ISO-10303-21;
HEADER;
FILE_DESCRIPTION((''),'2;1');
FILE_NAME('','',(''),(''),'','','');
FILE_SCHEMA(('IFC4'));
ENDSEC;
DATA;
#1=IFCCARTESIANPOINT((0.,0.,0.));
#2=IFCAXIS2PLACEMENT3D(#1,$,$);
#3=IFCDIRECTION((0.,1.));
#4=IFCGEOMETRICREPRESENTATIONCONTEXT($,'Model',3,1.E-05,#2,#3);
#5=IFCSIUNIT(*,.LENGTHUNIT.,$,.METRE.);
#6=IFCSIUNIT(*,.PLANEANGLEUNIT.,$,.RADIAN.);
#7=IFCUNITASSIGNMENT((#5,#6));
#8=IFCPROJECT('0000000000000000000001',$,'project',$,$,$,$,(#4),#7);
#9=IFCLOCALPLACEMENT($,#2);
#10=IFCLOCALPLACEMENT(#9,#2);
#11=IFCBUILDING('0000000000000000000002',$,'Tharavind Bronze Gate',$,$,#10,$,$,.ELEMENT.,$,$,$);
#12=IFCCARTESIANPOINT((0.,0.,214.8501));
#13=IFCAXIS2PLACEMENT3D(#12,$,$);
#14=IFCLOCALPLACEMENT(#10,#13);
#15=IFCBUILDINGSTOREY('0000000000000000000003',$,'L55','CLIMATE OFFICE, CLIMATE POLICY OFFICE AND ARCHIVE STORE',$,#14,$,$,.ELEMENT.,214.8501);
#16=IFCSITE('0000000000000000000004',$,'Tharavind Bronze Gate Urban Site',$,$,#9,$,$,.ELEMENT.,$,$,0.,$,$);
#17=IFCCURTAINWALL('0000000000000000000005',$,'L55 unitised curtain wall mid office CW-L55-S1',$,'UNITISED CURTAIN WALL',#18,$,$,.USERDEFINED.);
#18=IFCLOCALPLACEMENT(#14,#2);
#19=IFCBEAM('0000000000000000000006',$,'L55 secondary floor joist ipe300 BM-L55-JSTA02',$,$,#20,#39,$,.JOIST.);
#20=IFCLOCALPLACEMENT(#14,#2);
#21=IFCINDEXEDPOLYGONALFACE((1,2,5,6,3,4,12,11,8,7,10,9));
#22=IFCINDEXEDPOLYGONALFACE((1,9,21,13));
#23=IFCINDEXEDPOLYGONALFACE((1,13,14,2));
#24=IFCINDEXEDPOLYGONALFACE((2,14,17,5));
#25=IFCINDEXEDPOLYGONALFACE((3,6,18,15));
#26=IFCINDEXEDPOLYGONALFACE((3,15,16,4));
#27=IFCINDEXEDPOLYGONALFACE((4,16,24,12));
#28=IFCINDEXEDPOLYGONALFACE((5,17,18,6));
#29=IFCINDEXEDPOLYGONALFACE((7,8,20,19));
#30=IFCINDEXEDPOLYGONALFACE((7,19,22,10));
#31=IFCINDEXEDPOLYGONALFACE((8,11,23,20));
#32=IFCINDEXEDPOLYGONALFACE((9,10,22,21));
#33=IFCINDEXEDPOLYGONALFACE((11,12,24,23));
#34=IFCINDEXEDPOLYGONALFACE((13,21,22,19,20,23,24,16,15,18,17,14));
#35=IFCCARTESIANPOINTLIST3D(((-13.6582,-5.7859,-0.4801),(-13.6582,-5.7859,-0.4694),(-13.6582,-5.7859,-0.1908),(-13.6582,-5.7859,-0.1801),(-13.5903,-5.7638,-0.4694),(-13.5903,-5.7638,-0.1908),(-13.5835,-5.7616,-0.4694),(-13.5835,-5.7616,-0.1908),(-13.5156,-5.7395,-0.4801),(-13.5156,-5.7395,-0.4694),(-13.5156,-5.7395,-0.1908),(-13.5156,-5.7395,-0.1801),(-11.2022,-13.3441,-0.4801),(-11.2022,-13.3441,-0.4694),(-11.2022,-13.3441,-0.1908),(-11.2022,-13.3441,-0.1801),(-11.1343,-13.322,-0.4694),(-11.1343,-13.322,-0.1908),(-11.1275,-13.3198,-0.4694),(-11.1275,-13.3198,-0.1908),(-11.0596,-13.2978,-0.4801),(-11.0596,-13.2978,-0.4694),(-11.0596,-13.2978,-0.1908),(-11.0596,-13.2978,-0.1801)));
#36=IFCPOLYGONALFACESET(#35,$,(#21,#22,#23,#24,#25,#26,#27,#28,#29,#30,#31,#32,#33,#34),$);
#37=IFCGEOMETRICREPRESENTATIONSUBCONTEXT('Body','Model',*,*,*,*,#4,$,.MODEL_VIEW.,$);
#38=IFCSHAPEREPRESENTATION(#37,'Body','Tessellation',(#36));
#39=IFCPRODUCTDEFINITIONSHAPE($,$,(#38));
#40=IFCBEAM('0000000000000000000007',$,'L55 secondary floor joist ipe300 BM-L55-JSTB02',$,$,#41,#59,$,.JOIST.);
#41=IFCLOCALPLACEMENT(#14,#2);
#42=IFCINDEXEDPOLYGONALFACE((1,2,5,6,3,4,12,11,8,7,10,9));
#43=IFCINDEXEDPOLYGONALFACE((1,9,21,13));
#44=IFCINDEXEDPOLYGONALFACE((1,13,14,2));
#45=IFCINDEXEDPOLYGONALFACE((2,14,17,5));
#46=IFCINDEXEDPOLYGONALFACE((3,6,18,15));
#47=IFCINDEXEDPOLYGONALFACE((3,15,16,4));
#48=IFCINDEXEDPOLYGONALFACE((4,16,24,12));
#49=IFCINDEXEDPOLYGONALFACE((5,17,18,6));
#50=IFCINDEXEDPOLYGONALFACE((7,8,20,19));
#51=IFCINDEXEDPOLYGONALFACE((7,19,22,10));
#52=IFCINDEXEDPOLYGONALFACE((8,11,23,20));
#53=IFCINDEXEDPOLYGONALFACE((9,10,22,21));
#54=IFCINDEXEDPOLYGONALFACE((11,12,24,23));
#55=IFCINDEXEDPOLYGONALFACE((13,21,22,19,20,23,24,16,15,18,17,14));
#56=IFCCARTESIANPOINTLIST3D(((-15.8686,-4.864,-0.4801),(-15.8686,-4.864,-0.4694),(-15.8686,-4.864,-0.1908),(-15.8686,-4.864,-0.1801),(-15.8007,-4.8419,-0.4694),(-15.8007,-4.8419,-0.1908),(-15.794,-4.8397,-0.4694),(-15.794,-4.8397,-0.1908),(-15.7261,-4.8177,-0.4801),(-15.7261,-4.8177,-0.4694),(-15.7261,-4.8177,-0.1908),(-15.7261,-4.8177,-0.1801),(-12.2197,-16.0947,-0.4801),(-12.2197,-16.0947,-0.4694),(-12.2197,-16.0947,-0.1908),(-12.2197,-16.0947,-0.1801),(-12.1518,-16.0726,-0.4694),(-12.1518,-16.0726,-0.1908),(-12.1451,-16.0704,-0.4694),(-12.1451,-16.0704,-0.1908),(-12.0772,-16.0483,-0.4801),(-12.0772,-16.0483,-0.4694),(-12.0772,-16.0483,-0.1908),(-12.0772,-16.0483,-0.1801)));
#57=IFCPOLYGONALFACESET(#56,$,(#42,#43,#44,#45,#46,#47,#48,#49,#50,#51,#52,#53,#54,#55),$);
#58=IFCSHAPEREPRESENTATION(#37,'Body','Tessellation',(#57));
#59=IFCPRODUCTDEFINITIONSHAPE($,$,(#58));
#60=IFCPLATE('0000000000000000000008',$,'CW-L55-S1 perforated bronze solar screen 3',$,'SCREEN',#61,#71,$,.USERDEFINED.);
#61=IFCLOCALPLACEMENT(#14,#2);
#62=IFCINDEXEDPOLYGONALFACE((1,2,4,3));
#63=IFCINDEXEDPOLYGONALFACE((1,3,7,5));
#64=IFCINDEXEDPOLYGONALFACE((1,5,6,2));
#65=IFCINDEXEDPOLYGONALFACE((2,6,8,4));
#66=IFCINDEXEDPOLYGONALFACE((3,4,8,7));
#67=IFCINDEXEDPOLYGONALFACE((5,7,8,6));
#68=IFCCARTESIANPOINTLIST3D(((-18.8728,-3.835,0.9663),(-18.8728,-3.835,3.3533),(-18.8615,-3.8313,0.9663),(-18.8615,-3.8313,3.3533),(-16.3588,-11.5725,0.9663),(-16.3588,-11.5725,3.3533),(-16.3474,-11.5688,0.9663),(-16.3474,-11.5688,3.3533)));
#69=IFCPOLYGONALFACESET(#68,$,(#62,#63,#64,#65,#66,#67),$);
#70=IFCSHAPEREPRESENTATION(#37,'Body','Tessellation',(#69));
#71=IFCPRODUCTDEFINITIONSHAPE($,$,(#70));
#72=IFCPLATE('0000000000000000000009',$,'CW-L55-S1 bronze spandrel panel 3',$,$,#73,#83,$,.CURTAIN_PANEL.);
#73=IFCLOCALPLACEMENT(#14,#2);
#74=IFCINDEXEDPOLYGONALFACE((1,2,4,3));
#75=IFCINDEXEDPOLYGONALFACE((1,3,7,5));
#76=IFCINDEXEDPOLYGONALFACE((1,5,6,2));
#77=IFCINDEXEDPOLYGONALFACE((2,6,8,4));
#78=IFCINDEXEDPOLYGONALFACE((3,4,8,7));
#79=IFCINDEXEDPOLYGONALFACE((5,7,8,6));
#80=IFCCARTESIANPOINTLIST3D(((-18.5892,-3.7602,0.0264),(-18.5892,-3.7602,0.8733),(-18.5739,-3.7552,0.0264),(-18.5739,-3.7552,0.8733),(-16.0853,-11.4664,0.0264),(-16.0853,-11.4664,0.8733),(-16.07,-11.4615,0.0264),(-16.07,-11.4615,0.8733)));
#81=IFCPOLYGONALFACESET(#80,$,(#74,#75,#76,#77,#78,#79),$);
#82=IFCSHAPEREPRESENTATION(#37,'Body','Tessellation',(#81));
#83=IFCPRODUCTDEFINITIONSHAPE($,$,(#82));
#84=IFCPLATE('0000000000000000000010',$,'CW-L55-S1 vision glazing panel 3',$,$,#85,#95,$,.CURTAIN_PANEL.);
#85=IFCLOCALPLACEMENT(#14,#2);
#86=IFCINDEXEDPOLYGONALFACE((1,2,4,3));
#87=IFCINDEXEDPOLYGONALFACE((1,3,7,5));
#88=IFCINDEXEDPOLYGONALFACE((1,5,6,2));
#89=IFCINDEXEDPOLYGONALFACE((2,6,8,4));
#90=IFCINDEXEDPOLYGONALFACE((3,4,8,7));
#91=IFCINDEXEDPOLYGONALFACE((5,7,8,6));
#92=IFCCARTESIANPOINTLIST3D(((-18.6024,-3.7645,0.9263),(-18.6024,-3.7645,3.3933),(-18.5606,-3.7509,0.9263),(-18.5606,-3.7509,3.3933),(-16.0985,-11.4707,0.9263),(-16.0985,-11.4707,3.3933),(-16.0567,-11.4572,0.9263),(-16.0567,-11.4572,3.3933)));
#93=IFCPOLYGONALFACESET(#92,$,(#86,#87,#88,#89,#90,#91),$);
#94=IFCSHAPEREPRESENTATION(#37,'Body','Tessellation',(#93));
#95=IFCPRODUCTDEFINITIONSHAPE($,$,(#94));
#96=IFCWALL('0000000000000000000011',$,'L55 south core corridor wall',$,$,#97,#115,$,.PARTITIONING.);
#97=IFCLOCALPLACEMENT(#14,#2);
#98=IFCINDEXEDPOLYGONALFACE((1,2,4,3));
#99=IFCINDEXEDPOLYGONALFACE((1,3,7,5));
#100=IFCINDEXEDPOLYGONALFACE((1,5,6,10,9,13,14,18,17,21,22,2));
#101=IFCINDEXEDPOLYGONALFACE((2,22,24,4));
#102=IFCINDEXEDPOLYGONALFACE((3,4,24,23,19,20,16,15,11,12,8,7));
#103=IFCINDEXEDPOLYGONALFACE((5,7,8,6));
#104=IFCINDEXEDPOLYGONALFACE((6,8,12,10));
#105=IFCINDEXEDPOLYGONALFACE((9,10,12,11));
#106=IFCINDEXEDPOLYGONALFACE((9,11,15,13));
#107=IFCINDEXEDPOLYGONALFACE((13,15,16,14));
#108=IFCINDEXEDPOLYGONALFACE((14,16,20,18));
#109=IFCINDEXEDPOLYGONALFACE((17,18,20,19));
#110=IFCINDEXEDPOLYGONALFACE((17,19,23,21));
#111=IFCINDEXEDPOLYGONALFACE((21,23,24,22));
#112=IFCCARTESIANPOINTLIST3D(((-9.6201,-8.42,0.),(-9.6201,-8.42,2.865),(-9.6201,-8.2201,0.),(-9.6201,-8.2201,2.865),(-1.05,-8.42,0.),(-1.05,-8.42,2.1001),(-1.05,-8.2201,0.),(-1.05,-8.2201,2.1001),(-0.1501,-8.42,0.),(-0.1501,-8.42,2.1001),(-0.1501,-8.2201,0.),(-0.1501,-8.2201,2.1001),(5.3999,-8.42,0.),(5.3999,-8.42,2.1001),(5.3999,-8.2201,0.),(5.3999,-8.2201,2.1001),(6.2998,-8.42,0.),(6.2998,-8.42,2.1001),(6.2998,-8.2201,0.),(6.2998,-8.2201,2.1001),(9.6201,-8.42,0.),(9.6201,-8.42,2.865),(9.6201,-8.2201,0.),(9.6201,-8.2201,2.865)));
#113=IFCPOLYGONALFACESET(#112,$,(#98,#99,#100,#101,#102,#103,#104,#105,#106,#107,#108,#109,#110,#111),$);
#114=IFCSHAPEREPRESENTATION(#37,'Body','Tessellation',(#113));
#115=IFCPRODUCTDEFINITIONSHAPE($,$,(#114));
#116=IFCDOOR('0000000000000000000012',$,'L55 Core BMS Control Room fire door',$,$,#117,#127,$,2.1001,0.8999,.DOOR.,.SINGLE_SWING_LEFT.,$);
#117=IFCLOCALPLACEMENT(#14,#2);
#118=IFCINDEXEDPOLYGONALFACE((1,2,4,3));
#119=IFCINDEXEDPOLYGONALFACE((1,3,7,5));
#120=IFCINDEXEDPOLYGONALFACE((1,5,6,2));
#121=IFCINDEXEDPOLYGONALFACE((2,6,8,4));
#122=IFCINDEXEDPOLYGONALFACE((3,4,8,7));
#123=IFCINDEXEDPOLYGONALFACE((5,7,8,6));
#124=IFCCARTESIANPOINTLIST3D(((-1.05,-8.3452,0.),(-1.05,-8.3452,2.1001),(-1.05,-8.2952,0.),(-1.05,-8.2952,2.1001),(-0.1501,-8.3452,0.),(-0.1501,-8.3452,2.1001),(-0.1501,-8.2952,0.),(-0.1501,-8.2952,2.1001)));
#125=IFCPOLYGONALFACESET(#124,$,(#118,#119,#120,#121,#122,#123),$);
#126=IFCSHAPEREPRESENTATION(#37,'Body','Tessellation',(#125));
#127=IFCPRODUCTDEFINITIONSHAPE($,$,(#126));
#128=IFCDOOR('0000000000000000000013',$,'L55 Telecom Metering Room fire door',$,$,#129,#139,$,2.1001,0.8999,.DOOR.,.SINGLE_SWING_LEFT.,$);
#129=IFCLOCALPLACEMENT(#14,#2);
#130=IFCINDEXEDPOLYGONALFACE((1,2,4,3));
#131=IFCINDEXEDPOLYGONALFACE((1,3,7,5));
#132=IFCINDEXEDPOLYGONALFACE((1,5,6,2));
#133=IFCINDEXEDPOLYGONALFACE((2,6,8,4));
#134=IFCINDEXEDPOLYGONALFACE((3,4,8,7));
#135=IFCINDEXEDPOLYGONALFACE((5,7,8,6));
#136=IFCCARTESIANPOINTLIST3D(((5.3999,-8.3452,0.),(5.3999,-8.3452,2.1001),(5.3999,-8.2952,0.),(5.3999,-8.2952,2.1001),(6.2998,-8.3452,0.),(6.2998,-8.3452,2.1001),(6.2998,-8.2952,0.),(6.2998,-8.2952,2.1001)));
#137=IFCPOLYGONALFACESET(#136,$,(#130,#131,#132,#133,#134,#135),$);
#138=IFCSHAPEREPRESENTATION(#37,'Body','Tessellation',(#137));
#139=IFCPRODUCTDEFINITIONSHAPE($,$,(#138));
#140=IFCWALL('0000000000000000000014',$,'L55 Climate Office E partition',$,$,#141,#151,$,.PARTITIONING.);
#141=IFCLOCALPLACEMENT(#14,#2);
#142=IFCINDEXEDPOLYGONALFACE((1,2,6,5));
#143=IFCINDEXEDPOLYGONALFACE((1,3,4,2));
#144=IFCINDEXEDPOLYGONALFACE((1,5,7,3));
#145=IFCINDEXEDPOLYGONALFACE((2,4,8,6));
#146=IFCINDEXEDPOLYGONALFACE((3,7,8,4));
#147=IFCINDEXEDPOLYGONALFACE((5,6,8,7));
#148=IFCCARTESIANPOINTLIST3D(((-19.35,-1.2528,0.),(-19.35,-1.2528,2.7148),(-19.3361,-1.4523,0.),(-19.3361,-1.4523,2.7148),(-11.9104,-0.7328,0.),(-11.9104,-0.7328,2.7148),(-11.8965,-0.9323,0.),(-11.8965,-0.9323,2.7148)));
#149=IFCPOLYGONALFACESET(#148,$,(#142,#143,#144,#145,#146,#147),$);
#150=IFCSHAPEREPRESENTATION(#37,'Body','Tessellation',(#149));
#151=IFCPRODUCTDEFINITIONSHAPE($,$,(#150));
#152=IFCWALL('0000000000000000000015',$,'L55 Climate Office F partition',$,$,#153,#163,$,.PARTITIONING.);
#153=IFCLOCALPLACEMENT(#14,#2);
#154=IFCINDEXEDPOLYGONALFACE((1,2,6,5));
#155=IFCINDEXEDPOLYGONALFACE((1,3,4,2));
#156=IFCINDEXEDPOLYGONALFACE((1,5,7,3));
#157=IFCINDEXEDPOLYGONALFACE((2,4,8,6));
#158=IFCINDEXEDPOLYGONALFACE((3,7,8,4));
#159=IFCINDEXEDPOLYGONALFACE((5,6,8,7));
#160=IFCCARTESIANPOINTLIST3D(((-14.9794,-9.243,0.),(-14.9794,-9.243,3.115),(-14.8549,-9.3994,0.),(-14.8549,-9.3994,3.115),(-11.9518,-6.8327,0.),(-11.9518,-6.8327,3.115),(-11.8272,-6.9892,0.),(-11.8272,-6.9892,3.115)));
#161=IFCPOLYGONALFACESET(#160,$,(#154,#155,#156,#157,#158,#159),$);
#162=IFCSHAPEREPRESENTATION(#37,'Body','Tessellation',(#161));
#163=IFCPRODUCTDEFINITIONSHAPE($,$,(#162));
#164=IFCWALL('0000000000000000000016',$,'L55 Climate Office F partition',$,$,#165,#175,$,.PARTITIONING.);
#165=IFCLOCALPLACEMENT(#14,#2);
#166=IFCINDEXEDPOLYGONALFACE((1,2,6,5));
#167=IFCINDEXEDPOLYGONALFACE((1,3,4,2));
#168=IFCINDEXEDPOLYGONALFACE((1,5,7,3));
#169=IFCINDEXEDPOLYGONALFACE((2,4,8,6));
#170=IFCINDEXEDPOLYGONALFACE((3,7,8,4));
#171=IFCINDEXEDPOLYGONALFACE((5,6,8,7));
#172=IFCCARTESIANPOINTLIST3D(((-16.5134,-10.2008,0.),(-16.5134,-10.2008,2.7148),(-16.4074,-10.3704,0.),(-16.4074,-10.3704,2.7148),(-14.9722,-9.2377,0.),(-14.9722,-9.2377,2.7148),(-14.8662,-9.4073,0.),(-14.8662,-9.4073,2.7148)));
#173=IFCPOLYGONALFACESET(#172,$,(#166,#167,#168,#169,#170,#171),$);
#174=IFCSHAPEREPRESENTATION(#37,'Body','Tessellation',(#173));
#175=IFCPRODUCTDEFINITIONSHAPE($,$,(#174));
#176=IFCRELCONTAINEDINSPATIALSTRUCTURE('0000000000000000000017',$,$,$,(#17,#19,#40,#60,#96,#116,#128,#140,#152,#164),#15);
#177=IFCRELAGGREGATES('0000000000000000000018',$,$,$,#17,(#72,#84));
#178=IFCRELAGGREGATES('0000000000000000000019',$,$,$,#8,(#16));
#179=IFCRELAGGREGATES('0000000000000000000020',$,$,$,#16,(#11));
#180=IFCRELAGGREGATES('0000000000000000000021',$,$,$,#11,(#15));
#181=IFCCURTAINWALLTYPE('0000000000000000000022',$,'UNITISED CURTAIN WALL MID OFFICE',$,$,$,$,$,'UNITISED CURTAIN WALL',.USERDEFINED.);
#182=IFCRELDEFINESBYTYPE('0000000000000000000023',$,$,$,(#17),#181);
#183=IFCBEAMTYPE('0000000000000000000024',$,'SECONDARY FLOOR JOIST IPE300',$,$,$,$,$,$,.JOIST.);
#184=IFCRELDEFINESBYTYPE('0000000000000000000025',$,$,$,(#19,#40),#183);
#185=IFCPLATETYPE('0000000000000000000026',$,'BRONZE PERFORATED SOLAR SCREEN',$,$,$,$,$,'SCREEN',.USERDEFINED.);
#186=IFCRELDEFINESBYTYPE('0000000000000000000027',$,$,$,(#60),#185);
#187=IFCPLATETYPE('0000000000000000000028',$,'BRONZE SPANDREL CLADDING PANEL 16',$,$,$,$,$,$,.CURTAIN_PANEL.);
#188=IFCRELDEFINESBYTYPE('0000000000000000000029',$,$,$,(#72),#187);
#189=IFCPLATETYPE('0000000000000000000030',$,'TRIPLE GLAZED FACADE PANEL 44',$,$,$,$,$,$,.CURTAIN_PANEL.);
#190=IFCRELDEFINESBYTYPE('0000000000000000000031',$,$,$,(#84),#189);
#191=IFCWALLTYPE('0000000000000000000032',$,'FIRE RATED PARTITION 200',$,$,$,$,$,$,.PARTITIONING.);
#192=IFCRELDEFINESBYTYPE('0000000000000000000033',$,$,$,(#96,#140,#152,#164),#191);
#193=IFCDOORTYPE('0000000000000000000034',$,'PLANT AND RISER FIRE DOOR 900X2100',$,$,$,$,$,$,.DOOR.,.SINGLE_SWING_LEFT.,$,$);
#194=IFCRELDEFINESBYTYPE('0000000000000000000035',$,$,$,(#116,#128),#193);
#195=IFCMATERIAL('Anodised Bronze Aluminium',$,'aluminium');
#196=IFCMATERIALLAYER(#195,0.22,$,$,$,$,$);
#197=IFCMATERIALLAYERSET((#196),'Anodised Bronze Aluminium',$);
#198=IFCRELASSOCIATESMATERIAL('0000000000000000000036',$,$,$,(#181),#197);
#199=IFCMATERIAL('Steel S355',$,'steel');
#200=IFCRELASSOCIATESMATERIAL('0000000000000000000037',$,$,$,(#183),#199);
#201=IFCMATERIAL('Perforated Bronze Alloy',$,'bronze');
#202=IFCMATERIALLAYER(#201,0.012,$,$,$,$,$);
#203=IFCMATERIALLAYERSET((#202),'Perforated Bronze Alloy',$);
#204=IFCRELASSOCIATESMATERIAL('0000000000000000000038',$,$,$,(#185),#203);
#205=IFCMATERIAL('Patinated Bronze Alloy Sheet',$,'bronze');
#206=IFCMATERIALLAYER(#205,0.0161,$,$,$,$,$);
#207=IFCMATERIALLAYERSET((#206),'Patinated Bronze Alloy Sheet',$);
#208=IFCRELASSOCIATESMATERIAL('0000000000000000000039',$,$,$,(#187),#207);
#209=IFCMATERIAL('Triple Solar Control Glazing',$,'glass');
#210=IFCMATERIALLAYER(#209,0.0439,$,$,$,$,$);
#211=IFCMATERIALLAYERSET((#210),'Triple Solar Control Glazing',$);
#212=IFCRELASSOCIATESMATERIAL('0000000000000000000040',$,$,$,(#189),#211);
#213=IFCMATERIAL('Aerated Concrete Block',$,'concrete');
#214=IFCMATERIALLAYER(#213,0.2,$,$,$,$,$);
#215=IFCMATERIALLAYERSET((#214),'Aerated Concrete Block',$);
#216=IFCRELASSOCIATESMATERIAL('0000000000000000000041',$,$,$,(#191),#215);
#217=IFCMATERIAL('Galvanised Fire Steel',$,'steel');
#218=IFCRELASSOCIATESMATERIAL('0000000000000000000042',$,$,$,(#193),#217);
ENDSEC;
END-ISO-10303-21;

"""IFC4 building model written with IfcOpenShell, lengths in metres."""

from ifc_helpers import new_model, si_unit, direction, frame, frame_2d, origin, origin_2d, place, context, subcontext, project, spatial, rectangle, i_section, extrude, material, layer, layer_set, material_profile, profile_set, type_object, element, fill, aggregate, save


model = new_model("IFC4")

# Units and contexts
model_context = context("Model", 3, precision=1e-05, world=origin(), true_north=direction((0.0, 1.0)))
body_context = subcontext(model_context, "Body", "Model", "MODEL_VIEW")
ifc_project = project(units=[si_unit("LENGTHUNIT", "METRE"), si_unit("PLANEANGLEUNIT", "RADIAN")], contexts=[model_context])

# Site, building, storey
site_placement = place(None, origin())
site = spatial("IfcSite", under=ifc_project, at=site_placement, Name="Tharavind Bronze Gate Urban Site", CompositionType="ELEMENT", RefElevation=0.0)
building_placement = place(site_placement, origin())
building = spatial("IfcBuilding", under=site, at=building_placement, Name="Tharavind Bronze Gate", CompositionType="ELEMENT")
storey_placement = place(building_placement, frame((0.0, 0.0, 214.8501)))
storey = spatial("IfcBuildingStorey", under=building, at=storey_placement, Name="L55", Description="CLIMATE OFFICE, CLIMATE POLICY OFFICE AND ARCHIVE STORE", CompositionType="ELEMENT", Elevation=214.8501)

# Curtain wall
ifc_material_1 = material(Name="Anodised Bronze Aluminium", Category="aluminium")
ifc_layer_1 = layer(ifc_material_1, 0.22)
ifc_layer_set_1 = layer_set([ifc_layer_1], Name="Anodised Bronze Aluminium")
curtain_wall_type = type_object("IfcCurtainWallType", Name="UNITISED CURTAIN WALL MID OFFICE", ElementType="UNITISED CURTAIN WALL", PredefinedType="USERDEFINED", material=ifc_layer_set_1)
curtain_wall_placement = place(storey_placement, origin())
curtain_wall = element("IfcCurtainWall", 1, at=curtain_wall_placement, inside=storey, type_object=curtain_wall_type, Name="L55 unitised curtain wall mid office CW-L55-S1", ObjectType="UNITISED CURTAIN WALL", PredefinedType="USERDEFINED")

# Beams
ifc_material_2 = material(Name="Steel S355", Category="steel")
ifc_material_profile_1 = material_profile(ifc_material_2, i_section(OverallWidth=0.1499, OverallDepth=0.3, WebThickness=0.0071, FlangeThickness=0.0107, at=origin_2d()), Name="IPE300")
ifc_profile_set_1 = profile_set([ifc_material_profile_1], Name="Steel S355")
beam_type_1 = type_object("IfcBeamType", Name="SECONDARY FLOOR JOIST IPE300", PredefinedType="JOIST", material=ifc_profile_set_1)
beam_1_placement = place(storey_placement, frame((-13.5869, -5.7627, -0.3301), z_axis=(0.30904, -0.951049, 0.0), x_axis=(0.951049, 0.30904, 0.0)))
element("IfcBeam", 2, at=beam_1_placement, inside=storey, type_object=beam_type_1, Name="L55 secondary floor joist ipe300 BM-L55-JSTA02", PredefinedType="JOIST", context=body_context, shape_type="SweptSolid", body=[
    extrude(i_section(OverallWidth=0.1499, OverallDepth=0.3, WebThickness=0.0071, FlangeThickness=0.0107, at=origin_2d()), origin(), (0.0, 0.0, 1.0), 7.9473),
])
beam_2_placement = place(storey_placement, frame((-15.7974, -4.8408, -0.3301), z_axis=(0.309005, -0.95106, 0.0), x_axis=(0.95106, 0.309005, 0.0)))
element("IfcBeam", 3, at=beam_2_placement, inside=storey, type_object=beam_type_1, Name="L55 secondary floor joist ipe300 BM-L55-JSTB02", PredefinedType="JOIST", context=body_context, shape_type="SweptSolid", body=[
    extrude(i_section(OverallWidth=0.1499, OverallDepth=0.3, WebThickness=0.0071, FlangeThickness=0.0107, at=origin_2d()), origin(), (0.0, 0.0, 1.0), 11.8086),
])

# Plates
ifc_material_3 = material(Name="Perforated Bronze Alloy", Category="bronze")
ifc_layer_2 = layer(ifc_material_3, 0.012)
ifc_layer_set_2 = layer_set([ifc_layer_2], Name="Perforated Bronze Alloy")
plate_type_1 = type_object("IfcPlateType", Name="BRONZE PERFORATED SOLAR SCREEN", ElementType="SCREEN", PredefinedType="USERDEFINED", material=ifc_layer_set_2)
plate_1_placement = place(storey_placement, frame((-17.6101, -7.7019, 0.9663), z_axis=(0.0, 0.0, 1.0), x_axis=(0.309017, -0.951057, 0.0)))
element("IfcPlate", 4, at=plate_1_placement, inside=storey, type_object=plate_type_1, Name="CW-L55-S1 perforated bronze solar screen 3", ObjectType="SCREEN", PredefinedType="USERDEFINED", context=body_context, shape_type="SweptSolid", body=[
    extrude(rectangle(XDim=8.1357, YDim=0.012, at=origin_2d()), origin(), (0.0, 0.0, 1.0), 2.387),
])
ifc_material_4 = material(Name="Patinated Bronze Alloy Sheet", Category="bronze")
ifc_layer_3 = layer(ifc_material_4, 0.0161)
ifc_layer_set_3 = layer_set([ifc_layer_3], Name="Patinated Bronze Alloy Sheet")
plate_type_2 = type_object("IfcPlateType", Name="BRONZE SPANDREL CLADDING PANEL 16", PredefinedType="CURTAIN_PANEL", material=ifc_layer_set_3)
plate_2_placement = place(storey_placement, frame((-17.3296, -7.6108, 0.0264), z_axis=(0.0, 0.0, 1.0), x_axis=(0.309017, -0.951057, 0.0)))
plate_2 = element("IfcPlate", 5, at=plate_2_placement, type_object=plate_type_2, Name="CW-L55-S1 bronze spandrel panel 3", PredefinedType="CURTAIN_PANEL", context=body_context, shape_type="SweptSolid", body=[
    extrude(rectangle(XDim=8.1028, YDim=0.0161, at=origin_2d()), origin(), (0.0, 0.0, 1.0), 0.8469),
])
ifc_material_5 = material(Name="Triple Solar Control Glazing", Category="glass")
ifc_layer_4 = layer(ifc_material_5, 0.0439)
ifc_layer_set_4 = layer_set([ifc_layer_4], Name="Triple Solar Control Glazing")
plate_type_3 = type_object("IfcPlateType", Name="TRIPLE GLAZED FACADE PANEL 44", PredefinedType="CURTAIN_PANEL", material=ifc_layer_set_4)
plate_3_placement = place(storey_placement, frame((-17.3296, -7.6108, 0.9263), z_axis=(0.0, 0.0, 1.0), x_axis=(0.309017, -0.951057, 0.0)))
plate_3 = element("IfcPlate", 6, at=plate_3_placement, type_object=plate_type_3, Name="CW-L55-S1 vision glazing panel 3", PredefinedType="CURTAIN_PANEL", context=body_context, shape_type="SweptSolid", body=[
    extrude(rectangle(XDim=8.1028, YDim=0.0439, at=origin_2d()), origin(), (0.0, 0.0, 1.0), 2.467),
])
aggregate(curtain_wall, [plate_2, plate_3])

# Wall, openings, doors
ifc_material_6 = material(Name="Aerated Concrete Block", Category="concrete")
ifc_layer_5 = layer(ifc_material_6, 0.2)
ifc_layer_set_5 = layer_set([ifc_layer_5], Name="Aerated Concrete Block")
wall_type = type_object("IfcWallType", Name="FIRE RATED PARTITION 200", PredefinedType="PARTITIONING", material=ifc_layer_set_5)
wall_1_placement = place(storey_placement, frame((-9.6201, -8.3201, 0.0), z_axis=(0.0, 0.0, 1.0), x_axis=(1.0, 0.0, 0.0)))
wall_1 = element("IfcWall", 7, at=wall_1_placement, inside=storey, type_object=wall_type, Name="L55 south core corridor wall", PredefinedType="PARTITIONING", context=body_context, shape_type="SweptSolid", body=[
    extrude(rectangle(XDim=19.2402, YDim=0.2, at=frame_2d((9.6201, 0.0))), origin(), (0.0, 0.0, 1.0), 2.865),
])
opening_1_placement = place(wall_1_placement, frame((8.5701, 0.0, 0.0)))
opening_1 = element("IfcOpeningElement", 8, at=opening_1_placement, cuts=wall_1, PredefinedType="OPENING", context=body_context, shape_type="SweptSolid", body=[
    extrude(rectangle(XDim=0.8999, YDim=2.1001, at=frame_2d((0.45, 1.05))), frame((0.0, 0.1101, 0.0), z_axis=(0.0, -1.0, 0.0), x_axis=(1.0, 0.0, 0.0)), (0.0, 0.0, 1.0), 0.22),
])
opening_2_placement = place(wall_1_placement, frame((15.02, 0.0, 0.0)))
opening_2 = element("IfcOpeningElement", 9, at=opening_2_placement, cuts=wall_1, PredefinedType="OPENING", context=body_context, shape_type="SweptSolid", body=[
    extrude(rectangle(XDim=0.8999, YDim=2.1001, at=frame_2d((0.45, 1.05))), frame((0.0, 0.1101, 0.0), z_axis=(0.0, -1.0, 0.0), x_axis=(1.0, 0.0, 0.0)), (0.0, 0.0, 1.0), 0.22),
])
ifc_material_7 = material(Name="Galvanised Fire Steel", Category="steel")
door_type_1 = type_object("IfcDoorType", Name="PLANT AND RISER FIRE DOOR 900X2100", OperationType="SINGLE_SWING_LEFT", PredefinedType="DOOR", material=ifc_material_7)
door_1_placement = place(opening_1_placement, origin())
door_1 = element("IfcDoor", 10, at=door_1_placement, inside=storey, type_object=door_type_1, Name="L55 Core BMS Control Room fire door", OperationType="SINGLE_SWING_LEFT", OverallHeight=2.1001, OverallWidth=0.8999, PredefinedType="DOOR", context=body_context, shape_type="SweptSolid", body=[
    extrude(rectangle(XDim=0.8999, YDim=2.1001, at=frame_2d((0.45, 1.05))), frame((0.0, 0.0249, 0.0), z_axis=(0.0, -1.0, 0.0), x_axis=(1.0, 0.0, 0.0)), (0.0, 0.0, 1.0), 0.05),
])
fill(opening_1, door_1)
door_2_placement = place(opening_2_placement, origin())
door_2 = element("IfcDoor", 11, at=door_2_placement, inside=storey, type_object=door_type_1, Name="L55 Telecom Metering Room fire door", OperationType="SINGLE_SWING_LEFT", OverallHeight=2.1001, OverallWidth=0.8999, PredefinedType="DOOR", context=body_context, shape_type="SweptSolid", body=[
    extrude(rectangle(XDim=0.8999, YDim=2.1001, at=frame_2d((0.45, 1.05))), frame((0.0, 0.0249, 0.0), z_axis=(0.0, -1.0, 0.0), x_axis=(1.0, 0.0, 0.0)), (0.0, 0.0, 1.0), 0.05),
])
fill(opening_2, door_2)

# Wall
wall_2_placement = place(storey_placement, frame((-11.9033, -0.8325, 0.0), z_axis=(0.0, 0.0, 1.0), x_axis=(-0.997566, -0.069728, 0.0)))
element("IfcWall", 12, at=wall_2_placement, inside=storey, type_object=wall_type, Name="L55 Climate Office E partition", PredefinedType="PARTITIONING", context=body_context, shape_type="SweptSolid", body=[
    extrude(rectangle(XDim=7.4578, YDim=0.2, at=frame_2d((3.729, 0.0))), origin(), (0.0, 0.0, 1.0), 2.7148),
])

# Walls
wall_3_placement = place(storey_placement, frame((-11.8894, -6.9109, 0.0), z_axis=(0.0, 0.0, 1.0), x_axis=(-0.782368, -0.622816, 0.0)))
element("IfcWall", 13, at=wall_3_placement, inside=storey, type_object=wall_type, Name="L55 Climate Office F partition", PredefinedType="PARTITIONING", context=body_context, shape_type="SweptSolid", body=[
    extrude(rectangle(XDim=3.8699, YDim=0.2, at=frame_2d((1.9351, 0.0))), origin(), (0.0, 0.0, 1.0), 3.115),
])
wall_4_placement = place(storey_placement, frame((-14.9192, -9.3225, 0.0), z_axis=(0.0, 0.0, 1.0), x_axis=(-0.848036, -0.529939, 0.0)))
element("IfcWall", 14, at=wall_4_placement, inside=storey, type_object=wall_type, Name="L55 Climate Office F partition", PredefinedType="PARTITIONING", context=body_context, shape_type="SweptSolid", body=[
    extrude(rectangle(XDim=1.8174, YDim=0.2, at=frame_2d((0.9087, 0.0))), origin(), (0.0, 0.0, 1.0), 2.7148),
])

save(model, "model.ifc")
